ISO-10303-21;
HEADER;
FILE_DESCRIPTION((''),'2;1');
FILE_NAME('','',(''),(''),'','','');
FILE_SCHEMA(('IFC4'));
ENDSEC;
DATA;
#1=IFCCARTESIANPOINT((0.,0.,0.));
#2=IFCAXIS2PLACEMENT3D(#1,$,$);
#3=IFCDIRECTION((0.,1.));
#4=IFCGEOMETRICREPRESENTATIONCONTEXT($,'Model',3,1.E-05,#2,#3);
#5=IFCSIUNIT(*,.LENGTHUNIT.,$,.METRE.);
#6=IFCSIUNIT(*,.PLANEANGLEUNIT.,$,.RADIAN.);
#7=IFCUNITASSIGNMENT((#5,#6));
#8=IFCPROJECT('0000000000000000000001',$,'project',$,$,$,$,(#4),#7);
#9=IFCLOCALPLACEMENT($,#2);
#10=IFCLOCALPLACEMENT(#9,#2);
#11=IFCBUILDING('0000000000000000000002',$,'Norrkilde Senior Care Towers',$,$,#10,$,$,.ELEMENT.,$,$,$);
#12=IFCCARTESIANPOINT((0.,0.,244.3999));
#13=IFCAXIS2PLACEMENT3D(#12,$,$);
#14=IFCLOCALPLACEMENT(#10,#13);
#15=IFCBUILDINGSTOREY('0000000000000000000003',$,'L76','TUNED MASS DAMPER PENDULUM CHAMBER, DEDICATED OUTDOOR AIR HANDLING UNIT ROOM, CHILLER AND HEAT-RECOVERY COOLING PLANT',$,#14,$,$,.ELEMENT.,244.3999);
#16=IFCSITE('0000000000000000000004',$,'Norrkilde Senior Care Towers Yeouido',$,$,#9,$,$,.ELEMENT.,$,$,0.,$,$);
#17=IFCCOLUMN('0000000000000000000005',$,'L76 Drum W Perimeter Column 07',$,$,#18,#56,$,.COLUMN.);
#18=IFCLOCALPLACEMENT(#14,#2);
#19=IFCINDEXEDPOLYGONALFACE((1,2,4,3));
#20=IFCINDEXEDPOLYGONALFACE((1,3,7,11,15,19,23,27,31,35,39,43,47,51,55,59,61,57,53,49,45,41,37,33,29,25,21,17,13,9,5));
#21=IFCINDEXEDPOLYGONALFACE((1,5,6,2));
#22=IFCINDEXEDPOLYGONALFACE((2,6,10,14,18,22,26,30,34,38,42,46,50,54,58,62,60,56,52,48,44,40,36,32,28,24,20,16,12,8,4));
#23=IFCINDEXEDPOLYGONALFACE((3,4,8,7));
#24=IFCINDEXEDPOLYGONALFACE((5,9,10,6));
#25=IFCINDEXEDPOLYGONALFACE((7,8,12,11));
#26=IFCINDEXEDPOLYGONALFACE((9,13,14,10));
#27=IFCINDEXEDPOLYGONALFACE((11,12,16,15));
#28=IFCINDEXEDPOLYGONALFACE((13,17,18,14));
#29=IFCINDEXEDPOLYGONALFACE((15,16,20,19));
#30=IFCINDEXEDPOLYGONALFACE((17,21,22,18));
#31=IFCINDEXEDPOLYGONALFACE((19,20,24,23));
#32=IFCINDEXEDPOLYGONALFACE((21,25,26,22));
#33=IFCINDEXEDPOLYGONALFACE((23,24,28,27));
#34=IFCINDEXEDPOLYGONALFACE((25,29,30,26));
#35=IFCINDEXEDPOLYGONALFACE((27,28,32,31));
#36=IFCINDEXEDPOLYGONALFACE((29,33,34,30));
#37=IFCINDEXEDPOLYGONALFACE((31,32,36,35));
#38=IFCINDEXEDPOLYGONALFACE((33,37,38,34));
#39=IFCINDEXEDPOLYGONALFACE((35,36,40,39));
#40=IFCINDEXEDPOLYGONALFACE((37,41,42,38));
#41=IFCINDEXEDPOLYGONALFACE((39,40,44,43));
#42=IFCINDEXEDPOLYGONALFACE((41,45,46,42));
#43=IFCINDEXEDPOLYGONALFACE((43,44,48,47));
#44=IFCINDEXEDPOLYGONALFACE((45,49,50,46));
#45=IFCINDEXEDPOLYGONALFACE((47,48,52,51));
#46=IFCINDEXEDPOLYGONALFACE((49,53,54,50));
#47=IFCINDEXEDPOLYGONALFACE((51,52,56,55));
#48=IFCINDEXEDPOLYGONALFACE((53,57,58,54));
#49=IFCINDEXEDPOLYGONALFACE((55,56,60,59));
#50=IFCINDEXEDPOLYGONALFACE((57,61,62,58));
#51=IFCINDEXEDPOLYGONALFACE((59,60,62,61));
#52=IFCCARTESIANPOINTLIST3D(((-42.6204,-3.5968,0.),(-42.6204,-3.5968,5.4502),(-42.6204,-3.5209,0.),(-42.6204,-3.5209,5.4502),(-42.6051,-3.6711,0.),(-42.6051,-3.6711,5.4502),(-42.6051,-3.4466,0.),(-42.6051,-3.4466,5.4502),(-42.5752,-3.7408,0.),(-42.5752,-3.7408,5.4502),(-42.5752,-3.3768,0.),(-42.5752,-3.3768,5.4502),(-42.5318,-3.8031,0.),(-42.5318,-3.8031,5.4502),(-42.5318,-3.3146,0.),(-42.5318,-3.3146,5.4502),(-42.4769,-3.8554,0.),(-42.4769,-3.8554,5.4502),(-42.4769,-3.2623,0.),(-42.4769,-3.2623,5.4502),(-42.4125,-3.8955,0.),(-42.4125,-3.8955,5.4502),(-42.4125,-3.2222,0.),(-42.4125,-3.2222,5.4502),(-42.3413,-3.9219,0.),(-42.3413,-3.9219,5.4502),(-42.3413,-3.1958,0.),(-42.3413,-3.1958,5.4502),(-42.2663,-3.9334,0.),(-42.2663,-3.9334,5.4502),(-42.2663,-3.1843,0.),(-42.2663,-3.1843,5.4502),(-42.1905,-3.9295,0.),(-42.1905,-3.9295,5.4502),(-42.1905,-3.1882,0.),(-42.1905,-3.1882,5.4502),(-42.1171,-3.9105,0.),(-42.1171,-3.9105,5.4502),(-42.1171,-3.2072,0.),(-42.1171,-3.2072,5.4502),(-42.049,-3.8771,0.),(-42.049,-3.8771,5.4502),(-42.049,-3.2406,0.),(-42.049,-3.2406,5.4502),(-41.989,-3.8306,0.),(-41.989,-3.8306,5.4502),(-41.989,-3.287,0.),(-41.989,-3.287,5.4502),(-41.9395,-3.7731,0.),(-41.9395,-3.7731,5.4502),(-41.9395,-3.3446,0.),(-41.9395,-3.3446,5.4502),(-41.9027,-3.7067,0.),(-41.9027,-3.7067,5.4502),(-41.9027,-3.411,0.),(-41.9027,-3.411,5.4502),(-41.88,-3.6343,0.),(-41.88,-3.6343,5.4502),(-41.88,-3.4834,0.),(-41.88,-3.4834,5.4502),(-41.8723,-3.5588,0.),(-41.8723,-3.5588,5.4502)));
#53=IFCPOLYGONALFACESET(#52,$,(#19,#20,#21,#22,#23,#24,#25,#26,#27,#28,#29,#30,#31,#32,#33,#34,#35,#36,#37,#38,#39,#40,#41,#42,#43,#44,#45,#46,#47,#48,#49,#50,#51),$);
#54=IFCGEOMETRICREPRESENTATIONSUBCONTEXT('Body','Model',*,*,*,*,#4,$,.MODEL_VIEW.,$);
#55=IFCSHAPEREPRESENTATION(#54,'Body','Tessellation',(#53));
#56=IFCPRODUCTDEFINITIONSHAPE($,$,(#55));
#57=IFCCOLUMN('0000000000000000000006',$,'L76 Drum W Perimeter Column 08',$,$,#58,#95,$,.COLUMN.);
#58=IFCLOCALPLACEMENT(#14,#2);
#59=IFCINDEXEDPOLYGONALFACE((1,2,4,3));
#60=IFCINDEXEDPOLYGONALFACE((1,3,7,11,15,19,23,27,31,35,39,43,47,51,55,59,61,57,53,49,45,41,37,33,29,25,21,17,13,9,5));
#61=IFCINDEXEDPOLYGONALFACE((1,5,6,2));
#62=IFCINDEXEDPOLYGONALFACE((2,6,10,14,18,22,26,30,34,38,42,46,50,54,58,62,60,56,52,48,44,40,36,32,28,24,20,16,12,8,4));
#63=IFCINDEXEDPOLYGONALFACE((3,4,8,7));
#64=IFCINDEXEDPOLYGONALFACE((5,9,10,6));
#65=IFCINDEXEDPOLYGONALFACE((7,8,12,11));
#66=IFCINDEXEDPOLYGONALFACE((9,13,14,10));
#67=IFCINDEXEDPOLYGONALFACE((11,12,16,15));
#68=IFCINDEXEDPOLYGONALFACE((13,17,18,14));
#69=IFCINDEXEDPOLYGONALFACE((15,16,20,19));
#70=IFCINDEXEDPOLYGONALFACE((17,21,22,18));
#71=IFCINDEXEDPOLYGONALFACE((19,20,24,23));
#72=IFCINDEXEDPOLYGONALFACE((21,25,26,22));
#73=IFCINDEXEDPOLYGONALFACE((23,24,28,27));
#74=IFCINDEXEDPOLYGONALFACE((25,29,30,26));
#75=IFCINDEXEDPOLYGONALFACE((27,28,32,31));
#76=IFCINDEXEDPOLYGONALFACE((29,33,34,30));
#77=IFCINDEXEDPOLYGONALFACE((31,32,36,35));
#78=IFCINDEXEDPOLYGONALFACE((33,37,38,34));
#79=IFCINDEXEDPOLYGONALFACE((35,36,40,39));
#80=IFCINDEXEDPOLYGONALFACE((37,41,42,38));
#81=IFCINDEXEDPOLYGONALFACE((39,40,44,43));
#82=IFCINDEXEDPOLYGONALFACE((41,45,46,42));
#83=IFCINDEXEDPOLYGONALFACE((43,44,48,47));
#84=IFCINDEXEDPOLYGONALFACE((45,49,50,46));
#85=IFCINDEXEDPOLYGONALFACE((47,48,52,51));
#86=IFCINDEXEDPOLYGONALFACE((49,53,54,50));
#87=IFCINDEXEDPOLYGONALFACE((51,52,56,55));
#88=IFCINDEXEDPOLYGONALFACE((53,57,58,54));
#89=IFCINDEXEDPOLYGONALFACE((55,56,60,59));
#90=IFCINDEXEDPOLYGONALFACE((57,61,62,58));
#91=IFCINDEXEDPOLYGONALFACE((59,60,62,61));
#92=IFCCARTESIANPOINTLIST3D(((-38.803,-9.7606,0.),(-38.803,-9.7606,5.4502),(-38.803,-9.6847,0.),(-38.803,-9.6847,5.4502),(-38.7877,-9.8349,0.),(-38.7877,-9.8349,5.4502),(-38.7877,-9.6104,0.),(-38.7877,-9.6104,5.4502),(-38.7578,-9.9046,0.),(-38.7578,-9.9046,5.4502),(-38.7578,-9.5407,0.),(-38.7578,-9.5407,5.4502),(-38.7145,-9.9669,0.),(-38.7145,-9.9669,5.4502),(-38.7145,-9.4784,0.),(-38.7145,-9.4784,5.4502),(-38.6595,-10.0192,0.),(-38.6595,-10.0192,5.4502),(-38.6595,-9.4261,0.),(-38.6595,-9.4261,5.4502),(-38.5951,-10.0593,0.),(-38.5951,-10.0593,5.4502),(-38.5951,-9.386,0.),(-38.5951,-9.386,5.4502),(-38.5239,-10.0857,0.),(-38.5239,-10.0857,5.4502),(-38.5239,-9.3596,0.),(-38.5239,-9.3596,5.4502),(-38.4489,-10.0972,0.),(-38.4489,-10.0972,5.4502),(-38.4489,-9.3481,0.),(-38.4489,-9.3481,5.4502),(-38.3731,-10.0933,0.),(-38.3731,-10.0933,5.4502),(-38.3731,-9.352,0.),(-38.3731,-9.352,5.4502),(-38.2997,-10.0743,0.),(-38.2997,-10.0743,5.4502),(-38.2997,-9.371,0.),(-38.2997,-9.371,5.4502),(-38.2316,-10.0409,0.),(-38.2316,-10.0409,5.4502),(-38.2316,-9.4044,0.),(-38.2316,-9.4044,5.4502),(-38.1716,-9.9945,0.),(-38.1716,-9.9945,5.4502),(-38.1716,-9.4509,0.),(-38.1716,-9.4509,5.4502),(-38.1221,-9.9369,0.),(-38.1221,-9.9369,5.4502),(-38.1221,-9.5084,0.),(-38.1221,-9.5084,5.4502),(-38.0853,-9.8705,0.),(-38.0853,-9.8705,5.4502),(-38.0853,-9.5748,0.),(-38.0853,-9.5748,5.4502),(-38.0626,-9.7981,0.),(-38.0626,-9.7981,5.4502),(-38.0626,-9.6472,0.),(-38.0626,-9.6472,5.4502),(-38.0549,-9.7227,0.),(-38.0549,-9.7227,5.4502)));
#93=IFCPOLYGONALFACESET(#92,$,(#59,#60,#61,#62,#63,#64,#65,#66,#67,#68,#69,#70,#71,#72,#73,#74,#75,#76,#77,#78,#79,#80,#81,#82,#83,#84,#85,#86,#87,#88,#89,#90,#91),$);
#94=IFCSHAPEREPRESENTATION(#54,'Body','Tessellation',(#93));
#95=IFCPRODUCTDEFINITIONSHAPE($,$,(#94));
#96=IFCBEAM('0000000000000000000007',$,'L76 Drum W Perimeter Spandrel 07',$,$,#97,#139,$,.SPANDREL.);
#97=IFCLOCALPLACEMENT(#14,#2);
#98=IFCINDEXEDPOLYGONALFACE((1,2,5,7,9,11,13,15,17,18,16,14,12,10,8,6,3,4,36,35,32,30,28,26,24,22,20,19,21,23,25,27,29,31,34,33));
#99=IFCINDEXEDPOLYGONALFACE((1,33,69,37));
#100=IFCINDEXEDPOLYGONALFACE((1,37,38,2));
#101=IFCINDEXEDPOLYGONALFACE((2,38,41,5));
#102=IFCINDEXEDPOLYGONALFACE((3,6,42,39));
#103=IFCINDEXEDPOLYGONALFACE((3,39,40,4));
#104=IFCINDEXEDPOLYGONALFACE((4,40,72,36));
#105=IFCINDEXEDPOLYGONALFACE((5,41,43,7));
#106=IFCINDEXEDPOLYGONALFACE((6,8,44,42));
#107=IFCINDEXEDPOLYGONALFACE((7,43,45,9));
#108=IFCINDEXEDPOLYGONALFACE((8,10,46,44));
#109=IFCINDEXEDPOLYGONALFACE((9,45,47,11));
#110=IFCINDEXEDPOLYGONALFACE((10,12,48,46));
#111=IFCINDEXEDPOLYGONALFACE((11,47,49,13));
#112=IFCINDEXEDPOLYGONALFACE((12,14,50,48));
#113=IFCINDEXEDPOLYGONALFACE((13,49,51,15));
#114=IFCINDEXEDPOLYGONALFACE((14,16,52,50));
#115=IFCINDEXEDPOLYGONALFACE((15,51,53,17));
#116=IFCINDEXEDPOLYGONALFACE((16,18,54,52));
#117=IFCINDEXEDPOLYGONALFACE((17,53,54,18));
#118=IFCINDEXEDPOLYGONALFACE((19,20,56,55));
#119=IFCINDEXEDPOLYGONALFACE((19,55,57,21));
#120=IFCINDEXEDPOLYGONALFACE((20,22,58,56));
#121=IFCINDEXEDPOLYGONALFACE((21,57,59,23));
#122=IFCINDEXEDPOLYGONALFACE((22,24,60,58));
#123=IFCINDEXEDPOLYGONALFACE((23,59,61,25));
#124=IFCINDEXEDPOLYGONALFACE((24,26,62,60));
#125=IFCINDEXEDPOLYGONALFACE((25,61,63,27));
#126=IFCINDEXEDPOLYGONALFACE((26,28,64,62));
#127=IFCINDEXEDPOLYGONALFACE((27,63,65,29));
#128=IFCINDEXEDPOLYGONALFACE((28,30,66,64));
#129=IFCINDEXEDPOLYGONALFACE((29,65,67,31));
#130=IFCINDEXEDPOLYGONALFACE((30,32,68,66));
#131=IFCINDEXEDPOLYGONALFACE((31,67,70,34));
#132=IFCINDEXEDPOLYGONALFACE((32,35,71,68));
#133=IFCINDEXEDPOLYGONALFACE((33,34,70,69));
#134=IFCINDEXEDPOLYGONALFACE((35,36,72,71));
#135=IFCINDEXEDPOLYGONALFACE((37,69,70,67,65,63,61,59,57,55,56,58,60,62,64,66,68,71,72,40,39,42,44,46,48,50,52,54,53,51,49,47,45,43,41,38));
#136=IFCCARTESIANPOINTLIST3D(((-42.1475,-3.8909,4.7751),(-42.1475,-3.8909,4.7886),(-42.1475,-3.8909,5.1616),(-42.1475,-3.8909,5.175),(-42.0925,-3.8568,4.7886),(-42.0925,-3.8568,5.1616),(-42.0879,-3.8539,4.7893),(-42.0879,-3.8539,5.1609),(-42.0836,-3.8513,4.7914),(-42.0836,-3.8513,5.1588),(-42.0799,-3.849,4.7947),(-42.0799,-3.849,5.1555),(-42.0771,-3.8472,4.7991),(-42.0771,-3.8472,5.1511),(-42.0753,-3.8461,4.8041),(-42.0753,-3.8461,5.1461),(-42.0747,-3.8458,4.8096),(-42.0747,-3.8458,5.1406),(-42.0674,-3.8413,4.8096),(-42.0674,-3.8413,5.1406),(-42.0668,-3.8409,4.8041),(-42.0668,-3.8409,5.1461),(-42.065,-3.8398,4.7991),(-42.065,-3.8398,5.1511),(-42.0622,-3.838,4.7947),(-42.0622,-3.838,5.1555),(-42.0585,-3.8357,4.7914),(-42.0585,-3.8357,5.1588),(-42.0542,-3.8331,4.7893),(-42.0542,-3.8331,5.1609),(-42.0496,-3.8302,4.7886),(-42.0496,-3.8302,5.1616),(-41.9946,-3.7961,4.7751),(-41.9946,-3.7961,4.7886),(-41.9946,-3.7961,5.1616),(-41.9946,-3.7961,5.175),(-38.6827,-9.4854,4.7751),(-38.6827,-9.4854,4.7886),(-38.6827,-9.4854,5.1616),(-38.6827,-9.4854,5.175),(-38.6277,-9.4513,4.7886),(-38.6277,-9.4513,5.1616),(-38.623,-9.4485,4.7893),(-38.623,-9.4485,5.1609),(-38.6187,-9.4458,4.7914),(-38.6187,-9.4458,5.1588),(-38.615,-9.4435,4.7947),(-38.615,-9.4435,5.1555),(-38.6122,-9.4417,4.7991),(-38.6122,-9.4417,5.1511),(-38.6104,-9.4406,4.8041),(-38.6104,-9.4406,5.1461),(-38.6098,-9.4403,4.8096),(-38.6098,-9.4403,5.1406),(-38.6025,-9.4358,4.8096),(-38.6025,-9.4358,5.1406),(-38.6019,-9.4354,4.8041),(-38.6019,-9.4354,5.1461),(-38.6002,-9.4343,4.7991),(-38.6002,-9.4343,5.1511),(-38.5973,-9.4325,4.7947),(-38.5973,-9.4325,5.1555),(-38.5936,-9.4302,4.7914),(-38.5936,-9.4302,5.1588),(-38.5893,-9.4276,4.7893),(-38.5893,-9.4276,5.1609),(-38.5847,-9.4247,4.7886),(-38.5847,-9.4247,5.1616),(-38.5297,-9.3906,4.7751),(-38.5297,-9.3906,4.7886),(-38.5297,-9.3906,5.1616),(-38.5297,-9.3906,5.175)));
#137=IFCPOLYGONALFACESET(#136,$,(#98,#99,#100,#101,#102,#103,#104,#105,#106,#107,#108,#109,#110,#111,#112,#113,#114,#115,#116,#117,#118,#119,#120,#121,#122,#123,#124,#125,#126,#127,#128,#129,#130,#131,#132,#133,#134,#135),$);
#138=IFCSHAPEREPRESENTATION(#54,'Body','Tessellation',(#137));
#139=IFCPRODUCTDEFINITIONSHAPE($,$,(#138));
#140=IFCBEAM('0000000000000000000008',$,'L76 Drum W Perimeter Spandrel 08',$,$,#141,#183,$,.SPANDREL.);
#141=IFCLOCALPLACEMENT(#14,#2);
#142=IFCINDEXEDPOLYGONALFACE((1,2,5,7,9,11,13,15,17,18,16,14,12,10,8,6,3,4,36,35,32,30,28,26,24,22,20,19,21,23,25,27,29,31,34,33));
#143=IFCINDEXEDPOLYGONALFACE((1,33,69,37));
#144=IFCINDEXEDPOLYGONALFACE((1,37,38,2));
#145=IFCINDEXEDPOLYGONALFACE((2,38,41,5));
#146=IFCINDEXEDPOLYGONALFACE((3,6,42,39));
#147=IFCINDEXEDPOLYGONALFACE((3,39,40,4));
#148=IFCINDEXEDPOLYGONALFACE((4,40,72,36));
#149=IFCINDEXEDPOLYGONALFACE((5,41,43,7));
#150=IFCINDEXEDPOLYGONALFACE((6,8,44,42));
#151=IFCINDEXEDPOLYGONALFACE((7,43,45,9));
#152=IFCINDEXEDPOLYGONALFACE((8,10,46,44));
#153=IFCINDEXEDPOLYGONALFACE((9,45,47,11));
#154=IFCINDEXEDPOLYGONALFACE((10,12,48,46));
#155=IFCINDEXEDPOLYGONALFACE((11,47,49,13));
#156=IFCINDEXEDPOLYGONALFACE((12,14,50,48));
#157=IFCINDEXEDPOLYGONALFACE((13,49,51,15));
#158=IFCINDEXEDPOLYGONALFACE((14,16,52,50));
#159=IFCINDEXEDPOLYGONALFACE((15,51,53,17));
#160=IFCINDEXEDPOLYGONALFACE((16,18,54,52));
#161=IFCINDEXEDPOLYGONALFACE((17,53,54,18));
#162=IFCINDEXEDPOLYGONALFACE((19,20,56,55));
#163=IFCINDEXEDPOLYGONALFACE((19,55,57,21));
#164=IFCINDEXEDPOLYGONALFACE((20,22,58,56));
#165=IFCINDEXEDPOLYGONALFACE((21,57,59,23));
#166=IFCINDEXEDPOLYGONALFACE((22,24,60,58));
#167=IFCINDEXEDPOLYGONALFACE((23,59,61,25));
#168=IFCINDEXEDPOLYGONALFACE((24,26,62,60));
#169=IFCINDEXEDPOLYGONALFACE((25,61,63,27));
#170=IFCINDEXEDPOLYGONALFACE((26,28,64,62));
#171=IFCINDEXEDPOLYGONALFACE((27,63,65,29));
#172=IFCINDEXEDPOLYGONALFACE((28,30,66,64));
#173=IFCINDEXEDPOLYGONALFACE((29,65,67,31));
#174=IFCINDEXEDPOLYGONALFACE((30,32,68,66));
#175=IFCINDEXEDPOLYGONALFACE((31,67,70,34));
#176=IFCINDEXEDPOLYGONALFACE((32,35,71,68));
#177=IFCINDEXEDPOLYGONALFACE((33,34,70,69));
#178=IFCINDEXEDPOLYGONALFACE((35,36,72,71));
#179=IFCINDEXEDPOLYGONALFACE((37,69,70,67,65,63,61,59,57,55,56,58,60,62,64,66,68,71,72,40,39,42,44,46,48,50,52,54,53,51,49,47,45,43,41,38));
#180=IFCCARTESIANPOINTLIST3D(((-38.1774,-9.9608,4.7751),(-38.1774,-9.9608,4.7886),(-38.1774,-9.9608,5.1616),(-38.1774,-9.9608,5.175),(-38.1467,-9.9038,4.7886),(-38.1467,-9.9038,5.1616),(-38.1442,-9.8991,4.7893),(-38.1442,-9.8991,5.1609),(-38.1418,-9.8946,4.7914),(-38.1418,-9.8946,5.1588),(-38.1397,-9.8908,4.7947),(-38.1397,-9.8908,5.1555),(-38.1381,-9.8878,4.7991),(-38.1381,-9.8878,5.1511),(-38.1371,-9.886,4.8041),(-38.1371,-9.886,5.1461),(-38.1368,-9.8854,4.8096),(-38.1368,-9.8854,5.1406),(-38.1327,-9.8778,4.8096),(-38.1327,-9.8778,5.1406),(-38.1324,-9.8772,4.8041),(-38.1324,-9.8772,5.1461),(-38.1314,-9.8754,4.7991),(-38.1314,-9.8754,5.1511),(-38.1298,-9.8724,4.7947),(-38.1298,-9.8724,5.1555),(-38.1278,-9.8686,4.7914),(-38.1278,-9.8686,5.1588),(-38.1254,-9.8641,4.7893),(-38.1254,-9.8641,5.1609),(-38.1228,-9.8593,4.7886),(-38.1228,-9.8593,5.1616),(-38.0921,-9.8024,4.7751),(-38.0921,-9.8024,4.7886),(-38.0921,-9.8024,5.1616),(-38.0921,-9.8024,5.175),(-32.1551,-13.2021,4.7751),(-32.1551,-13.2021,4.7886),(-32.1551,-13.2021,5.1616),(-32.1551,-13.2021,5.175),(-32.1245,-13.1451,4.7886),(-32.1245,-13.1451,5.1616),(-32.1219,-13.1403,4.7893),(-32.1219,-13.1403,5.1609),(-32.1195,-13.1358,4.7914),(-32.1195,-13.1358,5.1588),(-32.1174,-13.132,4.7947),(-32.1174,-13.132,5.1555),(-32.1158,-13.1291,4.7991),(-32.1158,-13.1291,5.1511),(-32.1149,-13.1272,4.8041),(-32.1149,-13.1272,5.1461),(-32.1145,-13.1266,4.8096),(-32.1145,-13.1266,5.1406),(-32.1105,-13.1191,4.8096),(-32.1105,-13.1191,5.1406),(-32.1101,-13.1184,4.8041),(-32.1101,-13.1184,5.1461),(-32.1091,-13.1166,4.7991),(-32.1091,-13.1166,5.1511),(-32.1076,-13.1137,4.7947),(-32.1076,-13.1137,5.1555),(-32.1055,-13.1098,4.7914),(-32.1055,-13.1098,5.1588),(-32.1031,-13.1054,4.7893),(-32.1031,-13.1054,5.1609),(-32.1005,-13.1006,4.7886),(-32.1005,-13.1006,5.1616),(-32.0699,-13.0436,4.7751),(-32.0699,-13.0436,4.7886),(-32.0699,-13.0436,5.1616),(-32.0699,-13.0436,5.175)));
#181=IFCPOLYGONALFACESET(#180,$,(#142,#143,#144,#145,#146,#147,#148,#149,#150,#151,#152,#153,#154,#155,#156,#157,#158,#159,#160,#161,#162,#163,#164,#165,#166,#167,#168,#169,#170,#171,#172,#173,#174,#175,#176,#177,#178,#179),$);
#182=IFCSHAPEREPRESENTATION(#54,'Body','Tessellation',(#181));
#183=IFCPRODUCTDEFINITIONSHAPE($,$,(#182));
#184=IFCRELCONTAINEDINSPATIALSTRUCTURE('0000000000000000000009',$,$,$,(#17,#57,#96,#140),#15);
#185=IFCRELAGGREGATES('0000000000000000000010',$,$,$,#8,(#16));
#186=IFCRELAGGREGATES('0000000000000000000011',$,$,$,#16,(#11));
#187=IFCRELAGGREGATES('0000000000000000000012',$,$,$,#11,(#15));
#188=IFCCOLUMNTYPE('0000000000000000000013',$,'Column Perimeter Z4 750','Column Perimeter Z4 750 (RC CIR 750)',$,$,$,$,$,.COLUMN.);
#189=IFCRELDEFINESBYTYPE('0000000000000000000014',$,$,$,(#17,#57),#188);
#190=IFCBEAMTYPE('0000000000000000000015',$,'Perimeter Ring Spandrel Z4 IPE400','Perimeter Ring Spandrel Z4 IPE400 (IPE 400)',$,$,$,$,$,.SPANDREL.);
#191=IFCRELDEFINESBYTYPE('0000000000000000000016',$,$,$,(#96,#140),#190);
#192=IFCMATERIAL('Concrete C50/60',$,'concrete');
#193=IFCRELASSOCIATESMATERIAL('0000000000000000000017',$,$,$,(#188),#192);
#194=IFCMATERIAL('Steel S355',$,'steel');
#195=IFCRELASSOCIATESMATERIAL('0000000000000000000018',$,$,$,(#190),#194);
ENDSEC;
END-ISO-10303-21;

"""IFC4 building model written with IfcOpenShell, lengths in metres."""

from ifc_helpers import new_model, si_unit, direction, frame, origin, origin_2d, place, context, subcontext, project, spatial, circle, i_section, extrude, source, transform, mapped, material, material_profile, profile_set, type_object, type_shapes, element, save


model = new_model("IFC4")

# Units and contexts
model_context = context("Model", 3, precision=1e-05, world=origin(), true_north=direction((0.0, 1.0)))
body_context = subcontext(model_context, "Body", "Model", "MODEL_VIEW")
ifc_project = project(units=[si_unit("LENGTHUNIT", "METRE"), si_unit("PLANEANGLEUNIT", "RADIAN")], contexts=[model_context])

# Site, building, storey
site_placement = place(None, origin())
site = spatial("IfcSite", under=ifc_project, at=site_placement, Name="Norrkilde Senior Care Towers Yeouido", CompositionType="ELEMENT", RefElevation=0.0)
building_placement = place(site_placement, origin())
building = spatial("IfcBuilding", under=site, at=building_placement, Name="Norrkilde Senior Care Towers", CompositionType="ELEMENT")
storey_placement = place(building_placement, frame((0.0, 0.0, 244.3999)))
storey = spatial("IfcBuildingStorey", under=building, at=storey_placement, Name="L76", Description="TUNED MASS DAMPER PENDULUM CHAMBER, DEDICATED OUTDOOR AIR HANDLING UNIT ROOM, CHILLER AND HEAT-RECOVERY COOLING PLANT", CompositionType="ELEMENT", Elevation=244.3999)

# Columns
ifc_material_1 = material(Name="Concrete C50/60", Category="concrete")
ifc_material_profile_1 = material_profile(ifc_material_1, circle(Radius=0.375, at=origin_2d()), Name="RC CIR 750")
ifc_profile_set_1 = profile_set([ifc_material_profile_1], Name="Concrete C50/60")
column_type = type_object("IfcColumnType", Name="Column Perimeter Z4 750", Description="Column Perimeter Z4 750 (RC CIR 750)", PredefinedType="COLUMN", material=ifc_profile_set_1)
shared_shape_1 = source(origin(), body_context, "Body", "SweptSolid", [
    extrude(circle(Radius=0.375, at=origin_2d()), origin(), (0.0, 0.0, 1.0), 5.4502),
])
type_shapes(column_type, [shared_shape_1])
for number, where, z_axis, x_axis, name in (
    (1, (-42.2473, -3.5588, 0.0), (0.0, 0.0, 1.0), (1.0, 0.0, 0.0), "L76 Drum W Perimeter Column 07"),
    (2, (-38.4299, -9.7227, 0.0), (0.0, 0.0, 1.0), (1.0, 0.0, 0.0), "L76 Drum W Perimeter Column 08"),
):
    element("IfcColumn", number, at=place(storey_placement, frame(where, z_axis=z_axis, x_axis=x_axis)), inside=storey, type_object=column_type, Name=name, PredefinedType="COLUMN", context=body_context, shape_type="MappedRepresentation", body=[
        mapped(shared_shape_1, transform((0.0, 0.0, 0.0), x_axis=(1.0, 0.0, 0.0), y_axis=(0.0, 1.0, 0.0), z_axis=(0.0, 0.0, 1.0), scale=1.0)),
    ])

# Beams
ifc_material_2 = material(Name="Steel S355", Category="steel")
ifc_material_profile_2 = material_profile(ifc_material_2, i_section(OverallWidth=0.1799, OverallDepth=0.3999, WebThickness=0.0085, FlangeThickness=0.0134, FilletRadius=0.021, at=origin_2d()), Name="IPE 400")
ifc_profile_set_2 = profile_set([ifc_material_profile_2], Name="Steel S355")
beam_type_1 = type_object("IfcBeamType", Name="Perimeter Ring Spandrel Z4 IPE400", Description="Perimeter Ring Spandrel Z4 IPE400 (IPE 400)", PredefinedType="SPANDREL", material=ifc_profile_set_2)
shared_shape_2 = source(origin(), body_context, "Body", "SweptSolid", [
    extrude(i_section(OverallWidth=0.1799, OverallDepth=0.3999, WebThickness=0.0085, FlangeThickness=0.0134, FilletRadius=0.021, at=origin_2d()), origin(), (0.0, 0.0, 1.0), 6.5806),
])
beam_1_placement = place(storey_placement, frame((-42.071, -3.8435, 4.9751), z_axis=(0.52653, -0.850157, 0.0), x_axis=(0.850157, 0.52653, 0.0)))
element("IfcBeam", 3, at=beam_1_placement, inside=storey, type_object=beam_type_1, Name="L76 Drum W Perimeter Spandrel 07", PredefinedType="SPANDREL", context=body_context, shape_type="MappedRepresentation", body=[
    mapped(shared_shape_2, transform((0.0, 0.0, 0.0), x_axis=(1.0, 0.0, 0.0), y_axis=(0.0, 1.0, 0.0), z_axis=(0.0, 0.0, 1.0), scale=1.0)),
])
shared_shape_3 = source(origin(), body_context, "Body", "SweptSolid", [
    extrude(i_section(OverallWidth=0.1799, OverallDepth=0.3999, WebThickness=0.0085, FlangeThickness=0.0134, FilletRadius=0.021, at=origin_2d()), origin(), (0.0, 0.0, 1.0), 6.8391),
])
type_shapes(beam_type_1, [shared_shape_2, shared_shape_3])
beam_2_placement = place(storey_placement, frame((-38.1348, -9.8816, 4.9751), z_axis=(0.880564, -0.473927, 0.0), x_axis=(0.473927, 0.880564, 0.0)))
element("IfcBeam", 4, at=beam_2_placement, inside=storey, type_object=beam_type_1, Name="L76 Drum W Perimeter Spandrel 08", PredefinedType="SPANDREL", context=body_context, shape_type="MappedRepresentation", body=[
    mapped(shared_shape_3, transform((0.0, 0.0, 0.0), x_axis=(1.0, 0.0, 0.0), y_axis=(0.0, 1.0, 0.0), z_axis=(0.0, 0.0, 1.0), scale=1.0)),
])

save(model, "model.ifc")
